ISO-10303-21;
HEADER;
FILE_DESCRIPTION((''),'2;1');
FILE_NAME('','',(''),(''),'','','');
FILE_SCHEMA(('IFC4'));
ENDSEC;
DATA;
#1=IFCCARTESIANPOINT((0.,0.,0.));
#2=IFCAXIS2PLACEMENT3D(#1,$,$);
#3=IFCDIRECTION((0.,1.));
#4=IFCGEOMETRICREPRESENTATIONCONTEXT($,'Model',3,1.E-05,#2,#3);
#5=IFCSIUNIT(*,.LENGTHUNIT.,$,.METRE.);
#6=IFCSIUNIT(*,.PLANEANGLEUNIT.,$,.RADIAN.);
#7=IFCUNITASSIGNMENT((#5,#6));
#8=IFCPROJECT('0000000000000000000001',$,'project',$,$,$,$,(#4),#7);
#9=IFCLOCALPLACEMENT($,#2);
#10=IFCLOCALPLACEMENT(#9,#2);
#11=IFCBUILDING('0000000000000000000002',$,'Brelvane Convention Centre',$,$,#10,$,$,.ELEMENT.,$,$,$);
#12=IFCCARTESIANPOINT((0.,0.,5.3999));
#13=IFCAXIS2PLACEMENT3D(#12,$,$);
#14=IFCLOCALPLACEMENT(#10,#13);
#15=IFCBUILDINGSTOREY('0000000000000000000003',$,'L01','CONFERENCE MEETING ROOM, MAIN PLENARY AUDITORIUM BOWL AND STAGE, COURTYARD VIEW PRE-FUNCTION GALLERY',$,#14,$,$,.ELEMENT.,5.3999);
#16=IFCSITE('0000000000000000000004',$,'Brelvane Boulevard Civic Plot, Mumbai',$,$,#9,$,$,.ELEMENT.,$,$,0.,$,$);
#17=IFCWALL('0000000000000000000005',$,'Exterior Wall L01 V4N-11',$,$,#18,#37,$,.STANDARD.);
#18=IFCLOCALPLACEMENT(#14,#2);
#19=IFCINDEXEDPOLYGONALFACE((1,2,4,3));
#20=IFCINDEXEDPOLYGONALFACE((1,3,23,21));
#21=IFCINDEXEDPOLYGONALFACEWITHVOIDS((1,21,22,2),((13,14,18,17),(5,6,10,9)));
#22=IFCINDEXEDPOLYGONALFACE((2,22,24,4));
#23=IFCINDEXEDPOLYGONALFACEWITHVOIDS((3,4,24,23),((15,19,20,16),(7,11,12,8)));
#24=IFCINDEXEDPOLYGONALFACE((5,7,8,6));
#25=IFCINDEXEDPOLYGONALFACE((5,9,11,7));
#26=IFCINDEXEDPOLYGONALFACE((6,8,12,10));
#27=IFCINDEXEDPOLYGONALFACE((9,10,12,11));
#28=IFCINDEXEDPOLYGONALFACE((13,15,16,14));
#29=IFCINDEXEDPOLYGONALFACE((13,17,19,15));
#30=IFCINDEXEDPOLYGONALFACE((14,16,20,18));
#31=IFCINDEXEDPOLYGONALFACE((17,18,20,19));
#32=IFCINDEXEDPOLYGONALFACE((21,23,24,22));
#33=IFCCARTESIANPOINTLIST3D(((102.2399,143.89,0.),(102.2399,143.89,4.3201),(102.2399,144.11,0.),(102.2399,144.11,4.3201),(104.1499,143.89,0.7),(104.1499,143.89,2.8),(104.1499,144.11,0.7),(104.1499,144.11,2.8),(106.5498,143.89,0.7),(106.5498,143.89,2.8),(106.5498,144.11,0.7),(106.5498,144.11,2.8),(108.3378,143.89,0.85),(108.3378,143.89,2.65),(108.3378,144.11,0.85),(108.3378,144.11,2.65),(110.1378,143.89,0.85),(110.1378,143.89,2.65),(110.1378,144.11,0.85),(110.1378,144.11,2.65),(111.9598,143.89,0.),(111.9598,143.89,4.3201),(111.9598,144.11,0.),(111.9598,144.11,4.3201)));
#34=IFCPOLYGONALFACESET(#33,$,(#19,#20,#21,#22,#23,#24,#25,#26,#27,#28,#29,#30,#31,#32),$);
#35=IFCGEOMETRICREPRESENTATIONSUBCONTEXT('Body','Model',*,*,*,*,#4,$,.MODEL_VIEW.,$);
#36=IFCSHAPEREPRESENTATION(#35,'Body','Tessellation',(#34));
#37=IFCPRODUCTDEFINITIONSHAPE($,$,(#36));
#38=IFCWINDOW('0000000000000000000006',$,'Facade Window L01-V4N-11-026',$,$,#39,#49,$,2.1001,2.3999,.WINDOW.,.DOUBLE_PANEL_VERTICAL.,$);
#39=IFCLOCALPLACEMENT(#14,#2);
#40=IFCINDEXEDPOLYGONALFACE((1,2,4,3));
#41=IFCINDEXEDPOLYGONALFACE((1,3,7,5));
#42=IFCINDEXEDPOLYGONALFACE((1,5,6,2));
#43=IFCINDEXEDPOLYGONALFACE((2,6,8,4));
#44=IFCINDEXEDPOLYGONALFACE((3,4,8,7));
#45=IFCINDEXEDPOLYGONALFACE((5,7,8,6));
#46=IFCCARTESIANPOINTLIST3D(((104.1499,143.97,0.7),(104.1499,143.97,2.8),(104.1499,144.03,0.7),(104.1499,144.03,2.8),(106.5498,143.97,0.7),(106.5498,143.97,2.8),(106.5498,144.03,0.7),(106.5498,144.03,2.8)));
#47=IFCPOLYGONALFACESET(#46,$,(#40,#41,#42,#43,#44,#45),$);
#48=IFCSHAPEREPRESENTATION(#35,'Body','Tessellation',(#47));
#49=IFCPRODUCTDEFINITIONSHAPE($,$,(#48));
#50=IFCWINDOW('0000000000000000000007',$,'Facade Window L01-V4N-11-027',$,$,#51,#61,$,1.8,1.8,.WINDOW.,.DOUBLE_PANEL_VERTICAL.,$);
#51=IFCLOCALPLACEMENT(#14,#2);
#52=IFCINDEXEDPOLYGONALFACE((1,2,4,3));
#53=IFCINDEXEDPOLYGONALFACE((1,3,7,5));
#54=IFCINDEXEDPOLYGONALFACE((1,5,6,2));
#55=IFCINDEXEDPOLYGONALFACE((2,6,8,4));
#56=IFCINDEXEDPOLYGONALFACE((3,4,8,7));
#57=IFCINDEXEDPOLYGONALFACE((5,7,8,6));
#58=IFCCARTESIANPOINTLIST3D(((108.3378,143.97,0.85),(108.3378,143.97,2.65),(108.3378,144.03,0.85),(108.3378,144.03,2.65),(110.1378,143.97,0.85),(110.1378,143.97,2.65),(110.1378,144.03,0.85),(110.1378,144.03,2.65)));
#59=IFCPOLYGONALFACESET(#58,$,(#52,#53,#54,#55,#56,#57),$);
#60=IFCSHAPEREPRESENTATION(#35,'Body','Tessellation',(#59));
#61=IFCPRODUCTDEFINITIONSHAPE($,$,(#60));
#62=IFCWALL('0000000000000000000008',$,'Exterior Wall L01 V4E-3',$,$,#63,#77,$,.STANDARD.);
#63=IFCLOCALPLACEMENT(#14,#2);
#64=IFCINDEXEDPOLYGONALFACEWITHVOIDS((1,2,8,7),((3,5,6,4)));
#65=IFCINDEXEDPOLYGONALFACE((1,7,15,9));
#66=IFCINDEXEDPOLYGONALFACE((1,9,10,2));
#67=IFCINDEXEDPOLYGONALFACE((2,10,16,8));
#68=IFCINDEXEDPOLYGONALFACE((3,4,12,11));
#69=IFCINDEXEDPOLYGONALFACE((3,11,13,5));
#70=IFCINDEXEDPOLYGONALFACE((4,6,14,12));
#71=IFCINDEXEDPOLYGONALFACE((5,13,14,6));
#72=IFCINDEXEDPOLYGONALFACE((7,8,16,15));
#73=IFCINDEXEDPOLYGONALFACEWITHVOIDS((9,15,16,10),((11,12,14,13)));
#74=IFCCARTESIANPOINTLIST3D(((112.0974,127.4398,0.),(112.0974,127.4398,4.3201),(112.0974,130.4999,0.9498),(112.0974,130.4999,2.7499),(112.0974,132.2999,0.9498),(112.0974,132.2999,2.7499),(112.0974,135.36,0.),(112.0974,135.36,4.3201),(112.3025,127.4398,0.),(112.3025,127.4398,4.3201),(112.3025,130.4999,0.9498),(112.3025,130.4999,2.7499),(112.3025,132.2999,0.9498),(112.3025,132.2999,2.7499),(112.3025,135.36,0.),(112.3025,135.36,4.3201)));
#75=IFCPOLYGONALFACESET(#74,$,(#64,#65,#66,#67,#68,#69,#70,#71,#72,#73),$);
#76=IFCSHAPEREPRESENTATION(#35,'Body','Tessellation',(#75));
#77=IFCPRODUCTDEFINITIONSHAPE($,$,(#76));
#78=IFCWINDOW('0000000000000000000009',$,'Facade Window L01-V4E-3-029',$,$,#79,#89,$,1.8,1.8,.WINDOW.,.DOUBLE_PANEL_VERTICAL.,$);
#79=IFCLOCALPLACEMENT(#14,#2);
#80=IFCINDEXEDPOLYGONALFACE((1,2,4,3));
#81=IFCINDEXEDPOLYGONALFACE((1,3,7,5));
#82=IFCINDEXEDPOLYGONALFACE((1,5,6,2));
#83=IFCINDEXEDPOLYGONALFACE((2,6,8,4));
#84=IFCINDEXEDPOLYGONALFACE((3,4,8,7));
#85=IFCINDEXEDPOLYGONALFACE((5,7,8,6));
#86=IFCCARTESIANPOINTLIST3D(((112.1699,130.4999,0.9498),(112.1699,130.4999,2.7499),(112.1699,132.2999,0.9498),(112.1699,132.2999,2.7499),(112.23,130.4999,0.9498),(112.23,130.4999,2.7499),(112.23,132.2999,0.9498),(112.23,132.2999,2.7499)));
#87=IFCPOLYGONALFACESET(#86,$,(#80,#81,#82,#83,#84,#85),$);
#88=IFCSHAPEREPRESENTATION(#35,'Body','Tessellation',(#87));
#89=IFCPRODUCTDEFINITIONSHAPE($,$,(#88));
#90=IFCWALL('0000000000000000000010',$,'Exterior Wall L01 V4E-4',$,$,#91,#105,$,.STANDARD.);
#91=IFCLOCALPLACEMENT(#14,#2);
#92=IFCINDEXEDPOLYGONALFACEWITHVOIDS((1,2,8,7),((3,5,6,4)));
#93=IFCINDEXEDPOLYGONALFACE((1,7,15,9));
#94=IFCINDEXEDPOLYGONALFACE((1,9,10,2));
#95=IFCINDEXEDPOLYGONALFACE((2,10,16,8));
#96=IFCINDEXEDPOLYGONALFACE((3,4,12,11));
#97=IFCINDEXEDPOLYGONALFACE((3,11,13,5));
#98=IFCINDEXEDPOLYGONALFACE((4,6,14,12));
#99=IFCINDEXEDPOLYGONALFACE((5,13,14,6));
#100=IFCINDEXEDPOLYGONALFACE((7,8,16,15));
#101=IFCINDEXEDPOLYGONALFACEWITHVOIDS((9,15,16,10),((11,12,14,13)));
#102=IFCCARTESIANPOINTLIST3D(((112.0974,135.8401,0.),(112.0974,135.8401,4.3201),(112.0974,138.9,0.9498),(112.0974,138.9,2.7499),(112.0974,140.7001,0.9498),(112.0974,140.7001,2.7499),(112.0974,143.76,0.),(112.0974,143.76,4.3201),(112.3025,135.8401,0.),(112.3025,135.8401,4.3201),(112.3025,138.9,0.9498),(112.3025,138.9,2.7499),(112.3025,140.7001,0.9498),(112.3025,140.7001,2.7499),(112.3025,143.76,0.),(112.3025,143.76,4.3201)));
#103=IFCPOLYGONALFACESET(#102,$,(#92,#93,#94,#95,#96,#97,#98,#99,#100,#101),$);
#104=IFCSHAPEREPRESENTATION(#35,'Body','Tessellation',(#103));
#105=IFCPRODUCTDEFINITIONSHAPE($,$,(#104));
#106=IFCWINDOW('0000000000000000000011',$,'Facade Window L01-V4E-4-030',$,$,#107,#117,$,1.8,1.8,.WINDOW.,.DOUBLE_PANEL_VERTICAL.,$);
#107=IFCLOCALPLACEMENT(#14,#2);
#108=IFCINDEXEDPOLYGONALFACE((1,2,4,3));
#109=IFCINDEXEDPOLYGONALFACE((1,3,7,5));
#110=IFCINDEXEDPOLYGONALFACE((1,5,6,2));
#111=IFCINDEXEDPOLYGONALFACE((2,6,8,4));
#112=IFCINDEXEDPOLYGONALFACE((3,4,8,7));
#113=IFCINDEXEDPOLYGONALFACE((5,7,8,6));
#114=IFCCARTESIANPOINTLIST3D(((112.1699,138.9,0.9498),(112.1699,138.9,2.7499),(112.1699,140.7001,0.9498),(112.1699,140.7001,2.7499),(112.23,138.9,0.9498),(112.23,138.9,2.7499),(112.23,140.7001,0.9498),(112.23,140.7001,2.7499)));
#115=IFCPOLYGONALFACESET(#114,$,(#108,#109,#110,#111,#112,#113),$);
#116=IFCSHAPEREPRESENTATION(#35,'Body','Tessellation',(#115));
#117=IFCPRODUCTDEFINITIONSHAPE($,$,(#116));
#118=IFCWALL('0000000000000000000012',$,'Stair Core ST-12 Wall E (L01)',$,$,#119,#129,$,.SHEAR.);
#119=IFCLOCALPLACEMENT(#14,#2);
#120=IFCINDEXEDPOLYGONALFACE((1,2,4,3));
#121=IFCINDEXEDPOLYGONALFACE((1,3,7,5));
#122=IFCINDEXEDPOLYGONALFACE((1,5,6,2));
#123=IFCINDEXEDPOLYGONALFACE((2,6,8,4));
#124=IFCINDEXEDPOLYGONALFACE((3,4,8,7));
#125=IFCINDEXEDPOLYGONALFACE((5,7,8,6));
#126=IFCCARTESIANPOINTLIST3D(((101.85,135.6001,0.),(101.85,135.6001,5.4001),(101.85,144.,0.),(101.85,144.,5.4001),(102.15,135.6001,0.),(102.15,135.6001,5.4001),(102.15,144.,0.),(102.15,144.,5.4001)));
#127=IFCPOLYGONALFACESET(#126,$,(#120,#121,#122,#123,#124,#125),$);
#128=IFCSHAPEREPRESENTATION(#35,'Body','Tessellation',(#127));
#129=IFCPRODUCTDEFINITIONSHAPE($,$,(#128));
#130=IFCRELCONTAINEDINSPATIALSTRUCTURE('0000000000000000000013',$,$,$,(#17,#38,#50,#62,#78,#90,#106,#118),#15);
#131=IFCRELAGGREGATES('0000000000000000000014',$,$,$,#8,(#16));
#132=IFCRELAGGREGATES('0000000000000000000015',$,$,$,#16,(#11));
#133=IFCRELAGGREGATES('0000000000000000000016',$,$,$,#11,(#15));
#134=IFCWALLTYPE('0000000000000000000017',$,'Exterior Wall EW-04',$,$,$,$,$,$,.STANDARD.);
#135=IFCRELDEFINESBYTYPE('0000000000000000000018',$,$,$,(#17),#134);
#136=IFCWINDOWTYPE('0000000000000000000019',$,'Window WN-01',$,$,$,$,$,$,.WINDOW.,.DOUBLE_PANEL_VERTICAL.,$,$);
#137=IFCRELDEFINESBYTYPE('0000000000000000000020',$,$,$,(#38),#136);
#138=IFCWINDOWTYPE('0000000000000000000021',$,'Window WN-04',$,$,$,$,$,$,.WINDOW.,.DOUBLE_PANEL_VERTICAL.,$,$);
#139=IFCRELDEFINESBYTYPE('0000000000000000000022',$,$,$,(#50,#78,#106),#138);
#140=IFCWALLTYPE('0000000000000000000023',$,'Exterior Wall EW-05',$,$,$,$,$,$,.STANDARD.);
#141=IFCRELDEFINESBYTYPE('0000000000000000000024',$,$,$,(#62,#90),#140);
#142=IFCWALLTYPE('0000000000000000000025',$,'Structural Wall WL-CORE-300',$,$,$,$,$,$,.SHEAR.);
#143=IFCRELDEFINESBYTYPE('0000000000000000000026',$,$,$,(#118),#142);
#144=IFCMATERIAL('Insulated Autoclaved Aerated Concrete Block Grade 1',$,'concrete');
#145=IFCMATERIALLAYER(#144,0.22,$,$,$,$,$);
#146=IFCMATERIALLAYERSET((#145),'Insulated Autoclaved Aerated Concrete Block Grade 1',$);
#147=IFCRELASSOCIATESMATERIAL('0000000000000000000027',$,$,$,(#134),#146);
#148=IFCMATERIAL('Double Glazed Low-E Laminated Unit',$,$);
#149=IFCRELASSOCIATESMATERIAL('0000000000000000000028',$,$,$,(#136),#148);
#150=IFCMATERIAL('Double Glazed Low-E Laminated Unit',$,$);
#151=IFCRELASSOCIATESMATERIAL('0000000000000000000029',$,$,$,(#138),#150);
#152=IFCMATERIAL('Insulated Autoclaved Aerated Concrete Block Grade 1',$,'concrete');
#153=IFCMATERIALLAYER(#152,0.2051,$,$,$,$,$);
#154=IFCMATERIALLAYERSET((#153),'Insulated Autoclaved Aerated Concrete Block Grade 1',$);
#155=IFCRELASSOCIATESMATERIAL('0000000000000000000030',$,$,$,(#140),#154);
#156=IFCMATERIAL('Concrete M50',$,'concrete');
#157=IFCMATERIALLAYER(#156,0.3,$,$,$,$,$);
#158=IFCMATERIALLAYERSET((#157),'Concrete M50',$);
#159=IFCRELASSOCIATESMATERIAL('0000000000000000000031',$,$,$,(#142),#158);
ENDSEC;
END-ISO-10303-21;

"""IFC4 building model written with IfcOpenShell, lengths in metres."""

from ifc_helpers import new_model, si_unit, direction, frame, frame_2d, origin, place, context, subcontext, project, spatial, rectangle, extrude, material, layer, layer_set, type_object, element, fill, save


model = new_model("IFC4")

# Units and contexts
model_context = context("Model", 3, precision=1e-05, world=origin(), true_north=direction((0.0, 1.0)))
body_context = subcontext(model_context, "Body", "Model", "MODEL_VIEW")
ifc_project = project(units=[si_unit("LENGTHUNIT", "METRE"), si_unit("PLANEANGLEUNIT", "RADIAN")], contexts=[model_context])

# Site, building, storey
site_placement = place(None, origin())
site = spatial("IfcSite", under=ifc_project, at=site_placement, Name="Brelvane Boulevard Civic Plot, Mumbai", CompositionType="ELEMENT", RefElevation=0.0)
building_placement = place(site_placement, origin())
building = spatial("IfcBuilding", under=site, at=building_placement, Name="Brelvane Convention Centre", CompositionType="ELEMENT")
storey_placement = place(building_placement, frame((0.0, 0.0, 5.3999)))
storey = spatial("IfcBuildingStorey", under=building, at=storey_placement, Name="L01", Description="CONFERENCE MEETING ROOM, MAIN PLENARY AUDITORIUM BOWL AND STAGE, COURTYARD VIEW PRE-FUNCTION GALLERY", CompositionType="ELEMENT", Elevation=5.3999)

# Wall, openings, windows
ifc_material_1 = material(Name="Insulated Autoclaved Aerated Concrete Block Grade 1", Category="concrete")
ifc_layer_1 = layer(ifc_material_1, 0.22)
ifc_layer_set_1 = layer_set([ifc_layer_1], Name="Insulated Autoclaved Aerated Concrete Block Grade 1")
wall_type_1 = type_object("IfcWallType", Name="Exterior Wall EW-04", PredefinedType="STANDARD", material=ifc_layer_set_1)
wall_1_placement = place(storey_placement, frame((102.24, 144.0, 0.0), z_axis=(0.0, 0.0, 1.0), x_axis=(1.0, 0.0, 0.0)))
wall_1 = element("IfcWall", 1, at=wall_1_placement, inside=storey, type_object=wall_type_1, Name="Exterior Wall L01 V4N-11", PredefinedType="STANDARD", context=body_context, shape_type="SweptSolid", body=[
    extrude(rectangle(XDim=9.72, YDim=0.22, at=frame_2d((4.8599, 0.0))), origin(), (0.0, 0.0, 1.0), 4.3201),
])
opening_1_placement = place(wall_1_placement, frame((1.9099, 0.0, 0.7)))
opening_1 = element("IfcOpeningElement", 2, at=opening_1_placement, cuts=wall_1, PredefinedType="OPENING", context=body_context, shape_type="SweptSolid", body=[
    extrude(rectangle(XDim=2.3999, YDim=2.1001, at=frame_2d((1.2, 1.05))), frame((0.0, 0.1199, 0.0), z_axis=(0.0, -1.0, 0.0), x_axis=(1.0, 0.0, 0.0)), (0.0, 0.0, 1.0), 0.24),
])
opening_2_placement = place(wall_1_placement, frame((6.0979, 0.0, 0.8501)))
opening_2 = element("IfcOpeningElement", 3, at=opening_2_placement, cuts=wall_1, PredefinedType="OPENING", context=body_context, shape_type="SweptSolid", body=[
    extrude(rectangle(XDim=1.8, YDim=1.8, at=frame_2d((0.8999, 0.8999))), frame((0.0, 0.1199, 0.0), z_axis=(0.0, -1.0, 0.0), x_axis=(1.0, 0.0, 0.0)), (0.0, 0.0, 1.0), 0.24),
])
ifc_material_2 = material(Name="Double Glazed Low-E Laminated Unit")
window_type_1 = type_object("IfcWindowType", Name="Window WN-01", PartitioningType="DOUBLE_PANEL_VERTICAL", PredefinedType="WINDOW", material=ifc_material_2)
window_1_placement = place(opening_1_placement, origin())
window_1 = element("IfcWindow", 4, at=window_1_placement, inside=storey, type_object=window_type_1, Name="Facade Window L01-V4N-11-026", OverallHeight=2.1001, OverallWidth=2.3999, PartitioningType="DOUBLE_PANEL_VERTICAL", PredefinedType="WINDOW", context=body_context, shape_type="SweptSolid", body=[
    extrude(rectangle(XDim=2.3999, YDim=2.1001, at=frame_2d((1.2, 1.05))), frame((0.0, 0.03, 0.0), z_axis=(0.0, -1.0, 0.0), x_axis=(1.0, 0.0, 0.0)), (0.0, 0.0, 1.0), 0.0601),
])
fill(opening_1, window_1)
ifc_material_3 = material(Name="Double Glazed Low-E Laminated Unit")
window_type_2 = type_object("IfcWindowType", Name="Window WN-04", PartitioningType="DOUBLE_PANEL_VERTICAL", PredefinedType="WINDOW", material=ifc_material_3)
window_2_placement = place(opening_2_placement, origin())
window_2 = element("IfcWindow", 5, at=window_2_placement, inside=storey, type_object=window_type_2, Name="Facade Window L01-V4N-11-027", OverallHeight=1.8, OverallWidth=1.8, PartitioningType="DOUBLE_PANEL_VERTICAL", PredefinedType="WINDOW", context=body_context, shape_type="SweptSolid", body=[
    extrude(rectangle(XDim=1.8, YDim=1.8, at=frame_2d((0.8999, 0.8999))), frame((0.0, 0.03, 0.0), z_axis=(0.0, -1.0, 0.0), x_axis=(1.0, 0.0, 0.0)), (0.0, 0.0, 1.0), 0.0601),
])
fill(opening_2, window_2)

# Walls, openings, windows
ifc_material_4 = material(Name="Insulated Autoclaved Aerated Concrete Block Grade 1", Category="concrete")
ifc_layer_2 = layer(ifc_material_4, 0.2051)
ifc_layer_set_2 = layer_set([ifc_layer_2], Name="Insulated Autoclaved Aerated Concrete Block Grade 1")
wall_type_2 = type_object("IfcWallType", Name="Exterior Wall EW-05", PredefinedType="STANDARD", material=ifc_layer_set_2)
wall_2_placement = place(storey_placement, frame((112.2, 127.4399, 0.0), z_axis=(0.0, 0.0, 1.0), x_axis=(0.0, 1.0, 0.0)))
wall_2 = element("IfcWall", 6, at=wall_2_placement, inside=storey, type_object=wall_type_2, Name="Exterior Wall L01 V4E-3", PredefinedType="STANDARD", context=body_context, shape_type="SweptSolid", body=[
    extrude(rectangle(XDim=7.9202, YDim=0.2051, at=frame_2d((3.96, 0.0))), origin(), (0.0, 0.0, 1.0), 4.3201),
])
opening_3_placement = place(wall_2_placement, frame((3.0601, 0.0, 0.95)))
opening_3 = element("IfcOpeningElement", 7, at=opening_3_placement, cuts=wall_2, PredefinedType="OPENING", context=body_context, shape_type="SweptSolid", body=[
    extrude(rectangle(XDim=1.8, YDim=1.8, at=frame_2d((0.8999, 0.8999))), frame((0.0, 0.1125, 0.0), z_axis=(0.0, -1.0, 0.0), x_axis=(1.0, 0.0, 0.0)), (0.0, 0.0, 1.0), 0.2251),
])
window_3_placement = place(opening_3_placement, origin())
window_3 = element("IfcWindow", 8, at=window_3_placement, inside=storey, type_object=window_type_2, Name="Facade Window L01-V4E-3-029", OverallHeight=1.8, OverallWidth=1.8, PartitioningType="DOUBLE_PANEL_VERTICAL", PredefinedType="WINDOW", context=body_context, shape_type="SweptSolid", body=[
    extrude(rectangle(XDim=1.8, YDim=1.8, at=frame_2d((0.8999, 0.8999))), frame((0.0, 0.03, 0.0), z_axis=(0.0, -1.0, 0.0), x_axis=(1.0, 0.0, 0.0)), (0.0, 0.0, 1.0), 0.0601),
])
fill(opening_3, window_3)
wall_3_placement = place(storey_placement, frame((112.2, 135.8401, 0.0), z_axis=(0.0, 0.0, 1.0), x_axis=(0.0, 1.0, 0.0)))
wall_3 = element("IfcWall", 9, at=wall_3_placement, inside=storey, type_object=wall_type_2, Name="Exterior Wall L01 V4E-4", PredefinedType="STANDARD", context=body_context, shape_type="SweptSolid", body=[
    extrude(rectangle(XDim=7.9199, YDim=0.2051, at=frame_2d((3.96, 0.0))), origin(), (0.0, 0.0, 1.0), 4.3201),
])
opening_4_placement = place(wall_3_placement, frame((3.0601, 0.0, 0.95)))
opening_4 = element("IfcOpeningElement", 10, at=opening_4_placement, cuts=wall_3, PredefinedType="OPENING", context=body_context, shape_type="SweptSolid", body=[
    extrude(rectangle(XDim=1.8, YDim=1.8, at=frame_2d((0.8999, 0.8999))), frame((0.0, 0.1125, 0.0), z_axis=(0.0, -1.0, 0.0), x_axis=(1.0, 0.0, 0.0)), (0.0, 0.0, 1.0), 0.2251),
])
window_4_placement = place(opening_4_placement, origin())
window_4 = element("IfcWindow", 11, at=window_4_placement, inside=storey, type_object=window_type_2, Name="Facade Window L01-V4E-4-030", OverallHeight=1.8, OverallWidth=1.8, PartitioningType="DOUBLE_PANEL_VERTICAL", PredefinedType="WINDOW", context=body_context, shape_type="SweptSolid", body=[
    extrude(rectangle(XDim=1.8, YDim=1.8, at=frame_2d((0.8999, 0.8999))), frame((0.0, 0.03, 0.0), z_axis=(0.0, -1.0, 0.0), x_axis=(1.0, 0.0, 0.0)), (0.0, 0.0, 1.0), 0.0601),
])
fill(opening_4, window_4)

# Wall
ifc_material_5 = material(Name="Concrete M50", Category="concrete")
ifc_layer_3 = layer(ifc_material_5, 0.3)
ifc_layer_set_3 = layer_set([ifc_layer_3], Name="Concrete M50")
wall_type_3 = type_object("IfcWallType", Name="Structural Wall WL-CORE-300", PredefinedType="SHEAR", material=ifc_layer_set_3)
wall_4_placement = place(storey_placement, frame((102.0, 135.6001, 0.0), z_axis=(0.0, 0.0, 1.0), x_axis=(0.0, 1.0, 0.0)))
element("IfcWall", 12, at=wall_4_placement, inside=storey, type_object=wall_type_3, Name="Stair Core ST-12 Wall E (L01)", PredefinedType="SHEAR", context=body_context, shape_type="SweptSolid", body=[
    extrude(rectangle(XDim=8.3999, YDim=0.3, at=frame_2d((4.2, 0.0))), origin(), (0.0, 0.0, 1.0), 5.4001),
])

save(model, "model.ifc")
